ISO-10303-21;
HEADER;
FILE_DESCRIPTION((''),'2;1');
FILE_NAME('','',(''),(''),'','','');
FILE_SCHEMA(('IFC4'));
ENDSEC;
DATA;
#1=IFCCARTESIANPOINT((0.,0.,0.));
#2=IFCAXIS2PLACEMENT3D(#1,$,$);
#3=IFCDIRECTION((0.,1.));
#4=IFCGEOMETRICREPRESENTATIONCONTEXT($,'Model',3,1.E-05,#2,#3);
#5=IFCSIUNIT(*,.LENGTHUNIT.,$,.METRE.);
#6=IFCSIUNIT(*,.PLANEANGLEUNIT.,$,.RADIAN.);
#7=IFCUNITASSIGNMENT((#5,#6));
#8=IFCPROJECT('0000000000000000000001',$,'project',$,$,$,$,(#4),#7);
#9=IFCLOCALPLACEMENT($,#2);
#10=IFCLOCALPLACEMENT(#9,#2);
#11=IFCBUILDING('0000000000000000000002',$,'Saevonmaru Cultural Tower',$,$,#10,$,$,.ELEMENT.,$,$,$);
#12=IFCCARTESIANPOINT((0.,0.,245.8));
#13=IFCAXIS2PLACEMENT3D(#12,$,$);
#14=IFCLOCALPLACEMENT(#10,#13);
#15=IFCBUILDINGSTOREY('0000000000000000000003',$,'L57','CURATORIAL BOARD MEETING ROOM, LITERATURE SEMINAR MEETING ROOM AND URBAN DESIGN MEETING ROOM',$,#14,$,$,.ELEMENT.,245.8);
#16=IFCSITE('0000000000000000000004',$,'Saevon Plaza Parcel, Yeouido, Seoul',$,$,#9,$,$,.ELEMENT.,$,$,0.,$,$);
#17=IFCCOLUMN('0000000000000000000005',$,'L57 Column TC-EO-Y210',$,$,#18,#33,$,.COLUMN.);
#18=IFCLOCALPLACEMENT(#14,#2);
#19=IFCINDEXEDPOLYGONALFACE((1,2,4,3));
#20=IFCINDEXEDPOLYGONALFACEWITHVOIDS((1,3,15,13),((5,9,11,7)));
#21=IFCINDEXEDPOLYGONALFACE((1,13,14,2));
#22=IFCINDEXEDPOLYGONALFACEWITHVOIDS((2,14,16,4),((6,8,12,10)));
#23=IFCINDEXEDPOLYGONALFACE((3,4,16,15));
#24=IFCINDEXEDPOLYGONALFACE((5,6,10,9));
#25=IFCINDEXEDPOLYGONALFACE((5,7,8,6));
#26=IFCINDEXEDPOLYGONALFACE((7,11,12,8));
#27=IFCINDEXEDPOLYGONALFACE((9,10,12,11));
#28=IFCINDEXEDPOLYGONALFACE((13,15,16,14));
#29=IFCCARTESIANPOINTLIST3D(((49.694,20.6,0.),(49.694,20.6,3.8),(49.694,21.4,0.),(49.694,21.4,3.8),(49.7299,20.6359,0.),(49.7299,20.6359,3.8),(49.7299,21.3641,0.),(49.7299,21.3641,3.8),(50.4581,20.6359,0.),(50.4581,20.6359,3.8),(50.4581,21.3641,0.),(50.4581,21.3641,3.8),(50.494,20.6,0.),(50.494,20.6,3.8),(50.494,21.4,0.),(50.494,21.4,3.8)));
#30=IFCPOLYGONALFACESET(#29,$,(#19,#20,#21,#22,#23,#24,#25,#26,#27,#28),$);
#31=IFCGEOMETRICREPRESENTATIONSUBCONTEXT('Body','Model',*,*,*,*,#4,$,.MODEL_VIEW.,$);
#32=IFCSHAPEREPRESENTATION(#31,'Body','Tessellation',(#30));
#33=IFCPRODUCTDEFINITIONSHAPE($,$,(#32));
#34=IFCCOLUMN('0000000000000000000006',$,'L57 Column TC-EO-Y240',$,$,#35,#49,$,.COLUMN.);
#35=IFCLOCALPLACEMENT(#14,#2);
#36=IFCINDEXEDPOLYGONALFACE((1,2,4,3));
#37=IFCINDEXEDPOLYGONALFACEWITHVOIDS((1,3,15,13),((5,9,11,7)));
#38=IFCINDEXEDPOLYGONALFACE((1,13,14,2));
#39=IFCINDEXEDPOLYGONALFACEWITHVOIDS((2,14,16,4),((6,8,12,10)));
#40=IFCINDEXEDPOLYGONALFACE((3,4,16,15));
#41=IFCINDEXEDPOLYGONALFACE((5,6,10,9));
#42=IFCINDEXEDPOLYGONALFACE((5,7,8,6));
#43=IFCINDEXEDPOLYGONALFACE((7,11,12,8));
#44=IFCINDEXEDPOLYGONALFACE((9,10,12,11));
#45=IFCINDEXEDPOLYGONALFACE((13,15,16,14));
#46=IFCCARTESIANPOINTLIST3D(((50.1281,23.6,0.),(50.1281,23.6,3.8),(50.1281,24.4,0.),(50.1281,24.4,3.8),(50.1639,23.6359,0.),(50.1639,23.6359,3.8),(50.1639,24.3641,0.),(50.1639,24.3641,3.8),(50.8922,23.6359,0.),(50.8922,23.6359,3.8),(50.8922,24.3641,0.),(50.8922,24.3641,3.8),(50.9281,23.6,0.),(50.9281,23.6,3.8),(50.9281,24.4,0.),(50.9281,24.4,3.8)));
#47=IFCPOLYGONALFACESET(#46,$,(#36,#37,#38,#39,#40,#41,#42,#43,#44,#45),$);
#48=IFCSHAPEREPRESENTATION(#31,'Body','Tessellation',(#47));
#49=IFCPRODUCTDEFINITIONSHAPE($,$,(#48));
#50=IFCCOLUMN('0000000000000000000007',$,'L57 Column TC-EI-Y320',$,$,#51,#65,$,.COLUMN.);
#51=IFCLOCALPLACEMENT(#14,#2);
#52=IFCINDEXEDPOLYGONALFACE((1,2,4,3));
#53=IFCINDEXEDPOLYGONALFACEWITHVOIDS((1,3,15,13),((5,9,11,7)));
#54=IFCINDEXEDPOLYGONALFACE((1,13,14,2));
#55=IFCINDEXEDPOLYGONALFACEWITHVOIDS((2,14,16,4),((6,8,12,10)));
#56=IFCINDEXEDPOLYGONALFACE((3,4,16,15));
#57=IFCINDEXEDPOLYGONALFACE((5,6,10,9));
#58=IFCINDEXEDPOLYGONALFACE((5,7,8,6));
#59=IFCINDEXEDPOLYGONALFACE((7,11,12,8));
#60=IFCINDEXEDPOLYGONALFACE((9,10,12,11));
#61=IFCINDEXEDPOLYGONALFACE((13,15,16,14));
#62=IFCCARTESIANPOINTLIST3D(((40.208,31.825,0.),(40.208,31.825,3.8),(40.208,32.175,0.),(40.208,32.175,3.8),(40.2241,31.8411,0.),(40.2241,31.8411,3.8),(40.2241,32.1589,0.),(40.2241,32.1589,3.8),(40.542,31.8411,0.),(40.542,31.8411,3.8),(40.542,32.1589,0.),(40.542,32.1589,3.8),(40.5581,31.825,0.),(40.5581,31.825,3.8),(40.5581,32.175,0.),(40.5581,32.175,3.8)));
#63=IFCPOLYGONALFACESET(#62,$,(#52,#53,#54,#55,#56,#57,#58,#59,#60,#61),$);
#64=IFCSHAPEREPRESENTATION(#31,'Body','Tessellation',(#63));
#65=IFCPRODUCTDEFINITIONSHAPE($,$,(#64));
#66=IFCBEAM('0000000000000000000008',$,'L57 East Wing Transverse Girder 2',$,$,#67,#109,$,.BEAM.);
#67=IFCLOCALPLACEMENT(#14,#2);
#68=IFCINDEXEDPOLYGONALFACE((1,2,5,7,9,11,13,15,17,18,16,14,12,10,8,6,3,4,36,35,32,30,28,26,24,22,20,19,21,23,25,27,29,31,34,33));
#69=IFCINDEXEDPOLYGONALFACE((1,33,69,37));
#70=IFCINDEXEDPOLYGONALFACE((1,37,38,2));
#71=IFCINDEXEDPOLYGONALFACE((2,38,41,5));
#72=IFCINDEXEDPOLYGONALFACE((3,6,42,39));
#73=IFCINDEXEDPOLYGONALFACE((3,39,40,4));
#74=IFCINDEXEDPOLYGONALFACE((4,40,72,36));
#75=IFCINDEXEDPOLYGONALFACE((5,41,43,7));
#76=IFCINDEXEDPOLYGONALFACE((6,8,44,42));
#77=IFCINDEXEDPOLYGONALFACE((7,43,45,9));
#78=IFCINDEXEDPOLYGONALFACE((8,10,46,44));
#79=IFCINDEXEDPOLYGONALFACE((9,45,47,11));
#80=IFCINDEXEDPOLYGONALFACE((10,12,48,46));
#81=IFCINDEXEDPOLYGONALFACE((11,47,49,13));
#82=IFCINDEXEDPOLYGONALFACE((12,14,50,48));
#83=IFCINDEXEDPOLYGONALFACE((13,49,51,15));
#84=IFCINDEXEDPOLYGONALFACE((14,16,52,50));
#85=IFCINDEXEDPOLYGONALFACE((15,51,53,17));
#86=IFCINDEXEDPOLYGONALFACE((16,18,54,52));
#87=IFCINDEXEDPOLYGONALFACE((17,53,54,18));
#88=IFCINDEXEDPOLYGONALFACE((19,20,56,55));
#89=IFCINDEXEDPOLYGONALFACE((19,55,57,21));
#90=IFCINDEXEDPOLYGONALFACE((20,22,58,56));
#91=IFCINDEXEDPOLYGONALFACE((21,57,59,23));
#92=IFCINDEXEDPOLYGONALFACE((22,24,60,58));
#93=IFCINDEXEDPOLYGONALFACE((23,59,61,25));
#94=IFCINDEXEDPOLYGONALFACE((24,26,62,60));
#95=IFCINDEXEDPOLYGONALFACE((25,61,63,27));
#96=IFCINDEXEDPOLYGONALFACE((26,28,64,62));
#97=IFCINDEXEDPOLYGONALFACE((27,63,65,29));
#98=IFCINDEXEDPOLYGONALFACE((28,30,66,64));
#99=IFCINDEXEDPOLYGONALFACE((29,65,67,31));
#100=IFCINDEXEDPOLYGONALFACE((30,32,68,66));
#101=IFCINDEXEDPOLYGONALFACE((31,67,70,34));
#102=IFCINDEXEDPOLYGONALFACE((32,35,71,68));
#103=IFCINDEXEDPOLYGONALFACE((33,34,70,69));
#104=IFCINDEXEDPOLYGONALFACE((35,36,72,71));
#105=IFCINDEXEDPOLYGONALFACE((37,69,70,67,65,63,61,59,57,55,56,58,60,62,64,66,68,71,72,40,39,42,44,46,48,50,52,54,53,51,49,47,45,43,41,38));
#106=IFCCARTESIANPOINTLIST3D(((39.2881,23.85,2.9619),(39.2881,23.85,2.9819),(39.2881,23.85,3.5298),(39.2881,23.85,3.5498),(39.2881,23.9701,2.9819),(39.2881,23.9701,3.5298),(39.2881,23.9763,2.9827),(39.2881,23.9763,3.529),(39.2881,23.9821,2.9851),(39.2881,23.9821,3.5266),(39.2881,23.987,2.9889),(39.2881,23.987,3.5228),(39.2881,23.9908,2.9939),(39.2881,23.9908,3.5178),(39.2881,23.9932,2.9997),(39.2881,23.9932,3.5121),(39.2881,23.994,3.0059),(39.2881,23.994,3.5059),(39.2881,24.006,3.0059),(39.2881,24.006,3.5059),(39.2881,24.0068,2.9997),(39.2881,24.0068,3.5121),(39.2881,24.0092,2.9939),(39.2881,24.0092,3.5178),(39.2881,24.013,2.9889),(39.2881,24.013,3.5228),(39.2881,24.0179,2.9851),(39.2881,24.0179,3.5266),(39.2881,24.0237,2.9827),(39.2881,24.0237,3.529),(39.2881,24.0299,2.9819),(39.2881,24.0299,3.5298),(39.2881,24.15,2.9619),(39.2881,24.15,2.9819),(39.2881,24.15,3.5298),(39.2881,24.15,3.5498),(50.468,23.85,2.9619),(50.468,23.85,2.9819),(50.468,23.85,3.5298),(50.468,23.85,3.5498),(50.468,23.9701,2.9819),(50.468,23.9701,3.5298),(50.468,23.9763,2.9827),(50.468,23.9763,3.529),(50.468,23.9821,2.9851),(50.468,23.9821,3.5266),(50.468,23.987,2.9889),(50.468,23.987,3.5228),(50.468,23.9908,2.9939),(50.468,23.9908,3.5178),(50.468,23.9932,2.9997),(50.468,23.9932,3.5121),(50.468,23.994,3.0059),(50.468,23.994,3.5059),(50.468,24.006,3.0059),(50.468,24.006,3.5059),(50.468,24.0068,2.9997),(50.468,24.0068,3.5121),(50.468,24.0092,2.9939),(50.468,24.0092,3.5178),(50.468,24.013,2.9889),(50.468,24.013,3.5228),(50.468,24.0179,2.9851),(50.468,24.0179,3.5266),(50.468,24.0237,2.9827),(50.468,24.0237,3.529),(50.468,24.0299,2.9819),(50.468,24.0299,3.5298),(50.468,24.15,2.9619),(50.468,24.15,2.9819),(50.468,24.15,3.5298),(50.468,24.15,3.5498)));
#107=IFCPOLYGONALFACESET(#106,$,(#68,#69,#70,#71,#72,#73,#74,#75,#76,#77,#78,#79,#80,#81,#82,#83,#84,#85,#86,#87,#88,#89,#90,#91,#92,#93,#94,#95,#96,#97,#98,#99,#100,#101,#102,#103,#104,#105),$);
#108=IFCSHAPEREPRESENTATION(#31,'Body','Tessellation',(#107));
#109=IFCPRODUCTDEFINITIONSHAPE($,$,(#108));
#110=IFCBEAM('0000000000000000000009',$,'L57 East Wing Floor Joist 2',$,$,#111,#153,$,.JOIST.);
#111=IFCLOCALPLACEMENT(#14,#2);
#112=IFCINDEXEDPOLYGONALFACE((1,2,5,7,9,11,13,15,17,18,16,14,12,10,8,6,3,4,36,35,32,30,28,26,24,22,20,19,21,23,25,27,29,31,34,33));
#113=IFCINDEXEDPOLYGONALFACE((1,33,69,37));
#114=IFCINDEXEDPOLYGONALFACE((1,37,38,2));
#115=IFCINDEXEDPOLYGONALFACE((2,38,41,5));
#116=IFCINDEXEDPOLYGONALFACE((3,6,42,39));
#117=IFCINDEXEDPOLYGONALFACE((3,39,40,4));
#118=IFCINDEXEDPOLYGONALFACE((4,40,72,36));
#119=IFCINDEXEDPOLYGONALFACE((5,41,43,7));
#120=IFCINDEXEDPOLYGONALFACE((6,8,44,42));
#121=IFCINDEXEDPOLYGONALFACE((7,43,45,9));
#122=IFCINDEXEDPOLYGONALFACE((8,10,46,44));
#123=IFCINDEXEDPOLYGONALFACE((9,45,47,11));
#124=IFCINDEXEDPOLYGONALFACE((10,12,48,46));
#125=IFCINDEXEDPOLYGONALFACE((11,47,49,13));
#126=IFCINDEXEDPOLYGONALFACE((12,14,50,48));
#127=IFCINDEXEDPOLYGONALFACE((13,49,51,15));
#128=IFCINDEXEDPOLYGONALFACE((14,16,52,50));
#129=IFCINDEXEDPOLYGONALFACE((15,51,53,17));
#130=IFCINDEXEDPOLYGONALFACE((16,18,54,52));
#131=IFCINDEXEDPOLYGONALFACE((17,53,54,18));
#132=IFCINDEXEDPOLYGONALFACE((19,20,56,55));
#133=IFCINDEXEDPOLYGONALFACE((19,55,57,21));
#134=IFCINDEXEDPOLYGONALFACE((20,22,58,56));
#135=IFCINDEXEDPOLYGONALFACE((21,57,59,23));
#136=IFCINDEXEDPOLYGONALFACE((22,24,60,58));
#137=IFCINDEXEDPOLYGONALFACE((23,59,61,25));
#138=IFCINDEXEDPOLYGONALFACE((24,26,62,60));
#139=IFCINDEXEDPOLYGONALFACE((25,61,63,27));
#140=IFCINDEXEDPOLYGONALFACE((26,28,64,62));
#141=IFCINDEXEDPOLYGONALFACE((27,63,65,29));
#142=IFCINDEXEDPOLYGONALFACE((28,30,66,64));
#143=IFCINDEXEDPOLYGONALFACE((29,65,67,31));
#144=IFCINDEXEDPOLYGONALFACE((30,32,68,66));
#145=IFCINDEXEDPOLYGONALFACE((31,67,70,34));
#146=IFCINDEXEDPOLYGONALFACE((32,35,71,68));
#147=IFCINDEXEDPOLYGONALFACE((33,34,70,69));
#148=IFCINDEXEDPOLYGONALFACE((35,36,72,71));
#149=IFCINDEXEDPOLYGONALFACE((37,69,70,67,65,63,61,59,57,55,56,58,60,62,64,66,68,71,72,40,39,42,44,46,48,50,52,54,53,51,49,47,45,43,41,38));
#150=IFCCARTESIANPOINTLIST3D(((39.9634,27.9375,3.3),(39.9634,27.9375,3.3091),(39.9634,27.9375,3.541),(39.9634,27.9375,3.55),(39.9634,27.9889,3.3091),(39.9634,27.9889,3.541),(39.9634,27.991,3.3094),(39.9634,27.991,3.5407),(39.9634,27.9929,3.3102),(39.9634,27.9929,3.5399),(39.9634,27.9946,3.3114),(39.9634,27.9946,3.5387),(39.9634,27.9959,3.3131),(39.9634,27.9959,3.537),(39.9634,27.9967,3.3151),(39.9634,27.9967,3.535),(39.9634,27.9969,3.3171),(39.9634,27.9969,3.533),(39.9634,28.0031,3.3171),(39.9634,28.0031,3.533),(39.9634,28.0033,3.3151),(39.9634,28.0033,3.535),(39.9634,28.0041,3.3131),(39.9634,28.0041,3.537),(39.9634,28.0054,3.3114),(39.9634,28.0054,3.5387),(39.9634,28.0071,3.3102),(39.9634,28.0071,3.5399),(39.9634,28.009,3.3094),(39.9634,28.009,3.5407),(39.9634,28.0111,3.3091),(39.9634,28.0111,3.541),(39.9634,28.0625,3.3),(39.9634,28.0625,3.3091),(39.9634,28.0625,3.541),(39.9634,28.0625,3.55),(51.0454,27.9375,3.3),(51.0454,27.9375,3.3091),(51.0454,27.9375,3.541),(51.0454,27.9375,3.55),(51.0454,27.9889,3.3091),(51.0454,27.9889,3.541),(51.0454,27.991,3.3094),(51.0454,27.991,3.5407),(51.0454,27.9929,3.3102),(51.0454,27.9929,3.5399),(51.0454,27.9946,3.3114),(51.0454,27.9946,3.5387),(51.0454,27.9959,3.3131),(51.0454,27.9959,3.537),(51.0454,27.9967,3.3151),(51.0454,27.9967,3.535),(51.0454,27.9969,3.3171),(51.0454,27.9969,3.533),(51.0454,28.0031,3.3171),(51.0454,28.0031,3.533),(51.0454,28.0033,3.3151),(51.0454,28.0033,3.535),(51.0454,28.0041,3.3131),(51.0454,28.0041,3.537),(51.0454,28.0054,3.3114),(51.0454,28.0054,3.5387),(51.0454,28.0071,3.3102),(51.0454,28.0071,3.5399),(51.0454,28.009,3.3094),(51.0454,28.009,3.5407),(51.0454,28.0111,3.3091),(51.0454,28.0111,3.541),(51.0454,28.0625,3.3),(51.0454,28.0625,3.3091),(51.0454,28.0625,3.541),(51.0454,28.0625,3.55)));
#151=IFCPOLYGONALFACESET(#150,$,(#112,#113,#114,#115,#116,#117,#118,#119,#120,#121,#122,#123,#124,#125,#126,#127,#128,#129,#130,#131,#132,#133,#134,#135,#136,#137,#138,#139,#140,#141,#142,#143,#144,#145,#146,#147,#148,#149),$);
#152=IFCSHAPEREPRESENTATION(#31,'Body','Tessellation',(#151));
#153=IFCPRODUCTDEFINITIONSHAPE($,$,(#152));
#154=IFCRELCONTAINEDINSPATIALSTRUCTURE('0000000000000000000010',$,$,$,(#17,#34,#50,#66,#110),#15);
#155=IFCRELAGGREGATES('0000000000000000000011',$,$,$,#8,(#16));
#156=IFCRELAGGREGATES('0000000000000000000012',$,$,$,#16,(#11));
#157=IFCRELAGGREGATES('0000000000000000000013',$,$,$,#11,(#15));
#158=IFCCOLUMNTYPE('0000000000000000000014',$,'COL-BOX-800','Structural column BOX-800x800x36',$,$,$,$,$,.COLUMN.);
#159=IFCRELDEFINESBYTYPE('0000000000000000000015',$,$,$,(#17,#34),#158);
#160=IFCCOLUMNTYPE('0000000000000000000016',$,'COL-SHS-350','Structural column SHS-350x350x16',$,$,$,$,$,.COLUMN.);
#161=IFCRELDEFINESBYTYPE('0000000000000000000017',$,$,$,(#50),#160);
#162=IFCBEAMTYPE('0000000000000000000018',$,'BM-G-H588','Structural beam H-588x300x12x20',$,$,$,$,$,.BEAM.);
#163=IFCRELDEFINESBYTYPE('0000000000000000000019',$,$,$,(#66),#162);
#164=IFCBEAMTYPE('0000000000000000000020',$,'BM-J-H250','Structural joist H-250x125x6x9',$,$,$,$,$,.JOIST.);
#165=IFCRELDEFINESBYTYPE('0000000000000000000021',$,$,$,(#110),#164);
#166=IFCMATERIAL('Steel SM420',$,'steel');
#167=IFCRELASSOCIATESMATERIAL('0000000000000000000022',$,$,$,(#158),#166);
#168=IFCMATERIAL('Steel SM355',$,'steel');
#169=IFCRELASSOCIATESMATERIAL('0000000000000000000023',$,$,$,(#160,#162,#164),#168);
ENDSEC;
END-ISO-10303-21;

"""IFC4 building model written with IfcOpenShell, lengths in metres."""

from ifc_helpers import new_model, si_unit, direction, frame, origin, origin_2d, place, context, subcontext, project, spatial, hollow_rectangle, i_section, extrude, material, material_profile, profile_set, type_object, element, save


model = new_model("IFC4")

# Units and contexts
model_context = context("Model", 3, precision=1e-05, world=origin(), true_north=direction((0.0, 1.0)))
body_context = subcontext(model_context, "Body", "Model", "MODEL_VIEW")
ifc_project = project(units=[si_unit("LENGTHUNIT", "METRE"), si_unit("PLANEANGLEUNIT", "RADIAN")], contexts=[model_context])

# Site, building, storey
site_placement = place(None, origin())
site = spatial("IfcSite", under=ifc_project, at=site_placement, Name="Saevon Plaza Parcel, Yeouido, Seoul", CompositionType="ELEMENT", RefElevation=0.0)
building_placement = place(site_placement, origin())
building = spatial("IfcBuilding", under=site, at=building_placement, Name="Saevonmaru Cultural Tower", CompositionType="ELEMENT")
storey_placement = place(building_placement, frame((0.0, 0.0, 245.8)))
storey = spatial("IfcBuildingStorey", under=building, at=storey_placement, Name="L57", Description="CURATORIAL BOARD MEETING ROOM, LITERATURE SEMINAR MEETING ROOM AND URBAN DESIGN MEETING ROOM", CompositionType="ELEMENT", Elevation=245.8)

# Columns
ifc_material_1 = material(Name="Steel SM420", Category="steel")
ifc_material_profile_1 = material_profile(ifc_material_1, hollow_rectangle(XDim=0.8, YDim=0.8, WallThickness=0.0359, at=origin_2d()), Name="BOX-800x800x36")
ifc_profile_set_1 = profile_set([ifc_material_profile_1], Name="Steel SM420")
column_type_1 = type_object("IfcColumnType", Name="COL-BOX-800", Description="Structural column BOX-800x800x36", PredefinedType="COLUMN", material=ifc_profile_set_1)
for number, where, z_axis, x_axis, name in (
    (1, (50.094, 21.0, 0.0), (0.0, 0.0, 1.0), (1.0, 0.0, 0.0), "L57 Column TC-EO-Y210"),
    (2, (50.5281, 24.0, 0.0), (0.0, 0.0, 1.0), (1.0, 0.0, 0.0), "L57 Column TC-EO-Y240"),
):
    element("IfcColumn", number, at=place(storey_placement, frame(where, z_axis=z_axis, x_axis=x_axis)), inside=storey, type_object=column_type_1, Name=name, PredefinedType="COLUMN", context=body_context, shape_type="SweptSolid", body=[
        extrude(hollow_rectangle(XDim=0.8, YDim=0.8, WallThickness=0.0359, at=origin_2d()), origin(), (0.0, 0.0, 1.0), 3.8),
    ])
ifc_material_2 = material(Name="Steel SM355", Category="steel")
ifc_material_profile_2 = material_profile(ifc_material_2, hollow_rectangle(XDim=0.3501, YDim=0.3501, WallThickness=0.0161, at=origin_2d()), Name="SHS-350x350x16")
ifc_profile_set_2 = profile_set([ifc_material_profile_2], Name="Steel SM355")
column_type_2 = type_object("IfcColumnType", Name="COL-SHS-350", Description="Structural column SHS-350x350x16", PredefinedType="COLUMN", material=ifc_profile_set_2)
column_placement = place(storey_placement, frame((40.3831, 32.0, 0.0), z_axis=(0.0, 0.0, 1.0), x_axis=(1.0, 0.0, 0.0)))
element("IfcColumn", 3, at=column_placement, inside=storey, type_object=column_type_2, Name="L57 Column TC-EI-Y320", PredefinedType="COLUMN", context=body_context, shape_type="SweptSolid", body=[
    extrude(hollow_rectangle(XDim=0.3501, YDim=0.3501, WallThickness=0.0161, at=origin_2d()), origin(), (0.0, 0.0, 1.0), 3.8),
])

# Beams
ifc_material_profile_3 = material_profile(ifc_material_2, i_section(OverallWidth=0.3, OverallDepth=0.5879, WebThickness=0.012, FlangeThickness=0.02, FilletRadius=0.0239, at=origin_2d()), Name="H-588x300x12x20")
ifc_profile_set_3 = profile_set([ifc_material_profile_3], Name="Steel SM355")
beam_type_1 = type_object("IfcBeamType", Name="BM-G-H588", Description="Structural beam H-588x300x12x20", PredefinedType="BEAM", material=ifc_profile_set_3)
beam_1_placement = place(storey_placement, frame((39.2881, 24.0, 3.2559), z_axis=(1.0, 0.0, 0.0), x_axis=(0.0, 1.0, 0.0)))
element("IfcBeam", 4, at=beam_1_placement, inside=storey, type_object=beam_type_1, Name="L57 East Wing Transverse Girder 2", PredefinedType="BEAM", context=body_context, shape_type="SweptSolid", body=[
    extrude(i_section(OverallWidth=0.3, OverallDepth=0.5879, WebThickness=0.012, FlangeThickness=0.02, FilletRadius=0.0239, at=origin_2d()), origin(), (0.0, 0.0, 1.0), 11.1799),
])
ifc_material_profile_4 = material_profile(ifc_material_2, i_section(OverallWidth=0.125, OverallDepth=0.25, WebThickness=0.0061, FlangeThickness=0.009, FilletRadius=0.0081, at=origin_2d()), Name="H-250x125x6x9")
ifc_profile_set_4 = profile_set([ifc_material_profile_4], Name="Steel SM355")
beam_type_2 = type_object("IfcBeamType", Name="BM-J-H250", Description="Structural joist H-250x125x6x9", PredefinedType="JOIST", material=ifc_profile_set_4)
beam_2_placement = place(storey_placement, frame((39.9634, 28.0, 3.425), z_axis=(1.0, 0.0, 0.0), x_axis=(0.0, 1.0, 0.0)))
element("IfcBeam", 5, at=beam_2_placement, inside=storey, type_object=beam_type_2, Name="L57 East Wing Floor Joist 2", PredefinedType="JOIST", context=body_context, shape_type="SweptSolid", body=[
    extrude(i_section(OverallWidth=0.125, OverallDepth=0.25, WebThickness=0.0061, FlangeThickness=0.009, FilletRadius=0.0081, at=origin_2d()), origin(), (0.0, 0.0, 1.0), 11.082),
])

save(model, "model.ifc")
